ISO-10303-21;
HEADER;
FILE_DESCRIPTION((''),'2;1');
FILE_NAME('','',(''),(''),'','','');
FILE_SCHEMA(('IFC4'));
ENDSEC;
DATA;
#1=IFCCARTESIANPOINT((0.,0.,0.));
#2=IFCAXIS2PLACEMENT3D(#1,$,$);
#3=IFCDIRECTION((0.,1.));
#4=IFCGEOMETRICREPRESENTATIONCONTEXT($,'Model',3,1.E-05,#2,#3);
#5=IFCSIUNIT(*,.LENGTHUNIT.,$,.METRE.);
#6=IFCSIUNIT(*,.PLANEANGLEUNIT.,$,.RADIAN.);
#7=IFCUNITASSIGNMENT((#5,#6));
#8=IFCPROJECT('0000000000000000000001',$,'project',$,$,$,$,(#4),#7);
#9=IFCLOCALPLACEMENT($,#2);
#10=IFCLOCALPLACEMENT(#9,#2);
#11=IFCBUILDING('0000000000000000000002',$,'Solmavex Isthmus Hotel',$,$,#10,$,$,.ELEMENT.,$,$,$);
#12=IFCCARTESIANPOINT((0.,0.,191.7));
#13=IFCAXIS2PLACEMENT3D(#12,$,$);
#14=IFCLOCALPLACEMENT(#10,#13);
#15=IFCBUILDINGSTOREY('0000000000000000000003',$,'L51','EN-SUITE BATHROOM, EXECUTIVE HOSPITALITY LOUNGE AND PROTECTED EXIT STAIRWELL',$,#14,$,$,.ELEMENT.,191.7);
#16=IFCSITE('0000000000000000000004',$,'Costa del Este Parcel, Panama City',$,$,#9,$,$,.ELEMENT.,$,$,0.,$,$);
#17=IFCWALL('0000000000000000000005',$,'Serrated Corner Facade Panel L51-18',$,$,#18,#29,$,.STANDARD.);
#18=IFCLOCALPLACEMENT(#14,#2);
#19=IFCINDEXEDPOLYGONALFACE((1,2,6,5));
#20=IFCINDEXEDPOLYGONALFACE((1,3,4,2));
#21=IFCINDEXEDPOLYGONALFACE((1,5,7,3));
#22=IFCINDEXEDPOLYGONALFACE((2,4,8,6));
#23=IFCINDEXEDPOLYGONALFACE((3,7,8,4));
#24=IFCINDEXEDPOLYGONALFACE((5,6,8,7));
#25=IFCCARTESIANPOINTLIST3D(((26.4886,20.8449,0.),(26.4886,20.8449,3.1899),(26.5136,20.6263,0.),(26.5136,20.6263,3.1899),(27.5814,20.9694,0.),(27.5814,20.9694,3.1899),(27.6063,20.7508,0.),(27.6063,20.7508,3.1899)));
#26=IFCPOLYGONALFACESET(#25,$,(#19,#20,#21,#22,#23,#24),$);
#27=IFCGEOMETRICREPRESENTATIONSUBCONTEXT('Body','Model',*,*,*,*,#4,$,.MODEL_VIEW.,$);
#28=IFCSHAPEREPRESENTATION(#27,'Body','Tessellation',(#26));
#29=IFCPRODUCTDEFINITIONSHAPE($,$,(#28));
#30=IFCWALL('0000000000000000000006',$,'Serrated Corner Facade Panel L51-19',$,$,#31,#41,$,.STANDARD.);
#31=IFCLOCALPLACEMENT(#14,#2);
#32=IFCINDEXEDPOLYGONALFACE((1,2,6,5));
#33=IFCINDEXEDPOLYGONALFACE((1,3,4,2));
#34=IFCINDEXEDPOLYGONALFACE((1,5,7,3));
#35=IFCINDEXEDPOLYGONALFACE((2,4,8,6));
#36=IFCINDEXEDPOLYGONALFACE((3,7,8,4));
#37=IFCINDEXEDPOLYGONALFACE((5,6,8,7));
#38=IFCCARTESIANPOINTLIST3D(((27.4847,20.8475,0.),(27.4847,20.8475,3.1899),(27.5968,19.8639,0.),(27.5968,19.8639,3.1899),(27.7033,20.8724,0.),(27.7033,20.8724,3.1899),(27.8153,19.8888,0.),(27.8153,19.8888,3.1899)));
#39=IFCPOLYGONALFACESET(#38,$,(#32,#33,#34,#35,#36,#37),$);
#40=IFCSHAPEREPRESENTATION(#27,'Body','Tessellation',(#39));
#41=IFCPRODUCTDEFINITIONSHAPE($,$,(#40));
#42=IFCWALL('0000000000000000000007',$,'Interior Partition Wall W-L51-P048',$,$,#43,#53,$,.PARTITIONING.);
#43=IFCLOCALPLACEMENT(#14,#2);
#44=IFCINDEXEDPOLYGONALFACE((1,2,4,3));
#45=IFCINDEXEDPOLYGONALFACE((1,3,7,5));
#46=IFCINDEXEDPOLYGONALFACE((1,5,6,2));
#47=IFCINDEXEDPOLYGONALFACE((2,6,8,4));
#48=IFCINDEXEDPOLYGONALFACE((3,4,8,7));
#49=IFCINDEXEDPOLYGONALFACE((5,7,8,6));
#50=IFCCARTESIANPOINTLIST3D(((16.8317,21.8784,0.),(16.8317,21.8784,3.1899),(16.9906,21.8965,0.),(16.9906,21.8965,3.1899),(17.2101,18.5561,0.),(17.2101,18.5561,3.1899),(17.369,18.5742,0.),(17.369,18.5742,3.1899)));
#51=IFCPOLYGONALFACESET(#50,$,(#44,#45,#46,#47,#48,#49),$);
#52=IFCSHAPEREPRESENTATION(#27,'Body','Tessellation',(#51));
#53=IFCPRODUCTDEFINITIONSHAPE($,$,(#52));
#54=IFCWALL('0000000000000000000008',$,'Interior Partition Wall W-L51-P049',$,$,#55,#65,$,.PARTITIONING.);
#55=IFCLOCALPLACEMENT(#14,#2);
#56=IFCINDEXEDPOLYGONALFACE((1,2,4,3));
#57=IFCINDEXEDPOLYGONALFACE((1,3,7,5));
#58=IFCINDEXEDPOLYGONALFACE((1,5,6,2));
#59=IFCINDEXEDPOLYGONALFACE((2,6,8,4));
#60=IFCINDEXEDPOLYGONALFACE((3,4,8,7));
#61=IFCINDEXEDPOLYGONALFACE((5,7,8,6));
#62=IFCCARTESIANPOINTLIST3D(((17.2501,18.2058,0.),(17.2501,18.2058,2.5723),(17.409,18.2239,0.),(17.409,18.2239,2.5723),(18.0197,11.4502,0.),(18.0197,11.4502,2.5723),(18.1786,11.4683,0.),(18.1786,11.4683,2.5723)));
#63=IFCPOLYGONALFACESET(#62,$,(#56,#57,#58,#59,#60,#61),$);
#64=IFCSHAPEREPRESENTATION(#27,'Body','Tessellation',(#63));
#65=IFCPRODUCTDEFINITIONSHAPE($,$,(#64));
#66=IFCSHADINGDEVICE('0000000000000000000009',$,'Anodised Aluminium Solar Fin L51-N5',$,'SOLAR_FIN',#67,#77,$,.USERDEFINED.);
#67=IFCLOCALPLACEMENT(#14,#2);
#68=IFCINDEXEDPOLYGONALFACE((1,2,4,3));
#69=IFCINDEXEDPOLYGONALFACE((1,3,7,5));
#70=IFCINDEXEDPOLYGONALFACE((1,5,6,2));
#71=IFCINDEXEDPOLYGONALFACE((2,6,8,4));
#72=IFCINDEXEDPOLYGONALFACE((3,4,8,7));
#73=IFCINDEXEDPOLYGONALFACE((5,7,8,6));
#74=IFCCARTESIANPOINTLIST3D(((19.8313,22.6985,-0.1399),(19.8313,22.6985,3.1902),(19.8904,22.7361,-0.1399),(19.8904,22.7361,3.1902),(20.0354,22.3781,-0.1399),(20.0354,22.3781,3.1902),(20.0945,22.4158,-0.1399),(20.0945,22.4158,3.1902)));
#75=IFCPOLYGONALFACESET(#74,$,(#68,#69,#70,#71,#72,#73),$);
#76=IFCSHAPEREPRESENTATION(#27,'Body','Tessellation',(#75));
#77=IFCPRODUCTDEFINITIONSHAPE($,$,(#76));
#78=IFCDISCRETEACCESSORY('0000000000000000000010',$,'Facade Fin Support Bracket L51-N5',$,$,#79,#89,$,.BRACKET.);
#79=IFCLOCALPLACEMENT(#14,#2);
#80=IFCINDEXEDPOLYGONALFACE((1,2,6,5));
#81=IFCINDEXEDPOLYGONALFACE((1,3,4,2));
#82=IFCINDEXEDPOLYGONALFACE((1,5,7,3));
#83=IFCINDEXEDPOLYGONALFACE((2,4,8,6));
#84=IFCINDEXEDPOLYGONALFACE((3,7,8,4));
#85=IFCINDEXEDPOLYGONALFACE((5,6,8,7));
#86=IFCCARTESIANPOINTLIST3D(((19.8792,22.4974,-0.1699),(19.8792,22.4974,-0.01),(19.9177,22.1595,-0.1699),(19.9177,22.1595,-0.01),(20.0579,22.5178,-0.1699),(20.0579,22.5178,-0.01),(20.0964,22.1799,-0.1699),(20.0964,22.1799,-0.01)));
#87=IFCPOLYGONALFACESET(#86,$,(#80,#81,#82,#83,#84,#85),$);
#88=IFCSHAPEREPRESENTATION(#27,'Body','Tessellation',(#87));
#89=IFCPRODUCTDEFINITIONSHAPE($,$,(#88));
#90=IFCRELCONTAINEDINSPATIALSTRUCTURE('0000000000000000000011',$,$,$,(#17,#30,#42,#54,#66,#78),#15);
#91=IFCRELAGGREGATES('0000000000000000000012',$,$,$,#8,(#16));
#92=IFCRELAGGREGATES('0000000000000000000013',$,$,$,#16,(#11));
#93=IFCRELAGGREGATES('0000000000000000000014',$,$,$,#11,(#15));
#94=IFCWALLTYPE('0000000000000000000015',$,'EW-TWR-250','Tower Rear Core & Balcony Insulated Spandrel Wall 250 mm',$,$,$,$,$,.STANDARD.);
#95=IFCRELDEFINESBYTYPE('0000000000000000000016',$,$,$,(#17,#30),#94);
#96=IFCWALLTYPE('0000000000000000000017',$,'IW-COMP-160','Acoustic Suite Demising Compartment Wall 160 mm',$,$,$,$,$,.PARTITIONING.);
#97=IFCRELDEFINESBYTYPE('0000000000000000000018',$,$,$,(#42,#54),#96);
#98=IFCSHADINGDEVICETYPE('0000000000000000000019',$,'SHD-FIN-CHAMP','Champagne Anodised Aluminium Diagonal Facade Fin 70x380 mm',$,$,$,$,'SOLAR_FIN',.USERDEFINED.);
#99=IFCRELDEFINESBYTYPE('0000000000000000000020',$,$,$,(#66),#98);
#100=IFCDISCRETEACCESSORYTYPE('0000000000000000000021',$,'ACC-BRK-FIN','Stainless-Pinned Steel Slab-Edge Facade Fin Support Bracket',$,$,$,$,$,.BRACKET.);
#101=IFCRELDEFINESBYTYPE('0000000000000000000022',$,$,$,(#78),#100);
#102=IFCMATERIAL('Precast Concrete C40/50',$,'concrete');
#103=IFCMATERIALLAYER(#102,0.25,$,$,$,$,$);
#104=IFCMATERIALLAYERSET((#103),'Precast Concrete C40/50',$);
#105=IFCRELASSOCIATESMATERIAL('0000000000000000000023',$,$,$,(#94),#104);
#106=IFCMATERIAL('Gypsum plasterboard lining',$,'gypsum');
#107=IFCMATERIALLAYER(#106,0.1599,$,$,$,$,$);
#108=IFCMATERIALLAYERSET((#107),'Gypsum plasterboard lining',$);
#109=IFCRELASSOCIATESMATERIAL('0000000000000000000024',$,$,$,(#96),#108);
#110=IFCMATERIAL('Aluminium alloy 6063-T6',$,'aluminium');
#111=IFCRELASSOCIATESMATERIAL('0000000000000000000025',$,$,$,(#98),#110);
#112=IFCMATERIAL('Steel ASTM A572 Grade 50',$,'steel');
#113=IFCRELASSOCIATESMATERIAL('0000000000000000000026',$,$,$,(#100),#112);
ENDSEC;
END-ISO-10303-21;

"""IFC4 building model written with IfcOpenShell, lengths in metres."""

from ifc_helpers import new_model, si_unit, direction, frame, frame_2d, origin, origin_2d, place, context, subcontext, project, spatial, rectangle, extrude, material, layer, layer_set, type_object, element, save


model = new_model("IFC4")

# Units and contexts
model_context = context("Model", 3, precision=1e-05, world=origin(), true_north=direction((0.0, 1.0)))
body_context = subcontext(model_context, "Body", "Model", "MODEL_VIEW")
ifc_project = project(units=[si_unit("LENGTHUNIT", "METRE"), si_unit("PLANEANGLEUNIT", "RADIAN")], contexts=[model_context])

# Site, building, storey
site_placement = place(None, origin())
site = spatial("IfcSite", under=ifc_project, at=site_placement, Name="Costa del Este Parcel, Panama City", CompositionType="ELEMENT", RefElevation=0.0)
building_placement = place(site_placement, origin())
building = spatial("IfcBuilding", under=site, at=building_placement, Name="Solmavex Isthmus Hotel", CompositionType="ELEMENT")
storey_placement = place(building_placement, frame((0.0, 0.0, 191.7)))
storey = spatial("IfcBuildingStorey", under=building, at=storey_placement, Name="L51", Description="EN-SUITE BATHROOM, EXECUTIVE HOSPITALITY LOUNGE AND PROTECTED EXIT STAIRWELL", CompositionType="ELEMENT", Elevation=191.7)

# Shared definitions
ifc_material_1 = material(Name="Steel ASTM A572 Grade 50", Category="steel")

# Shared definitions
ifc_material_2 = material(Name="Aluminium alloy 6063-T6", Category="aluminium")

# Walls
ifc_material_3 = material(Name="Precast Concrete C40/50", Category="concrete")
ifc_layer_1 = layer(ifc_material_3, 0.25)
ifc_layer_set_1 = layer_set([ifc_layer_1], Name="Precast Concrete C40/50")
wall_type_1 = type_object("IfcWallType", Name="EW-TWR-250", Description="Tower Rear Core & Balcony Insulated Spandrel Wall 250 mm", PredefinedType="STANDARD", material=ifc_layer_set_1)
wall_1_placement = place(storey_placement, frame((26.5012, 20.7356, 0.0), z_axis=(0.0, 0.0, 1.0), x_axis=(0.993571, 0.113209, 0.0)))
element("IfcWall", 1, at=wall_1_placement, inside=storey, type_object=wall_type_1, Name="Serrated Corner Facade Panel L51-18", PredefinedType="STANDARD", context=body_context, shape_type="SweptSolid", body=[
    extrude(rectangle(XDim=1.0999, YDim=0.22, at=frame_2d((0.5498, 0.0))), origin(), (0.0, 0.0, 1.0), 3.1899),
])
wall_2_placement = place(storey_placement, frame((27.594, 20.8601, 0.0), z_axis=(0.0, 0.0, 1.0), x_axis=(0.113192, -0.993573, 0.0)))
element("IfcWall", 2, at=wall_2_placement, inside=storey, type_object=wall_type_1, Name="Serrated Corner Facade Panel L51-19", PredefinedType="STANDARD", context=body_context, shape_type="SweptSolid", body=[
    extrude(rectangle(XDim=0.99, YDim=0.22, at=frame_2d((0.4951, 0.0))), origin(), (0.0, 0.0, 1.0), 3.1899),
])
ifc_material_4 = material(Name="Gypsum plasterboard lining", Category="gypsum")
ifc_layer_2 = layer(ifc_material_4, 0.1599)
ifc_layer_set_2 = layer_set([ifc_layer_2], Name="Gypsum plasterboard lining")
wall_type_2 = type_object("IfcWallType", Name="IW-COMP-160", Description="Acoustic Suite Demising Compartment Wall 160 mm", PredefinedType="PARTITIONING", material=ifc_layer_set_2)
wall_3_placement = place(storey_placement, frame((16.9111, 21.8875, 0.0), z_axis=(0.0, 0.0, 1.0), x_axis=(0.113172, -0.993575, 0.0)))
element("IfcWall", 3, at=wall_3_placement, inside=storey, type_object=wall_type_2, Name="Interior Partition Wall W-L51-P048", PredefinedType="PARTITIONING", context=body_context, shape_type="SweptSolid", body=[
    extrude(rectangle(XDim=3.3438, YDim=0.1599, at=frame_2d((1.6719, 0.0))), origin(), (0.0, 0.0, 1.0), 3.1899),
])
wall_4_placement = place(storey_placement, frame((17.3296, 18.2148, 0.0), z_axis=(0.0, 0.0, 1.0), x_axis=(0.113178, -0.993575, 0.0)))
element("IfcWall", 4, at=wall_4_placement, inside=storey, type_object=wall_type_2, Name="Interior Partition Wall W-L51-P049", PredefinedType="PARTITIONING", context=body_context, shape_type="SweptSolid", body=[
    extrude(rectangle(XDim=6.7993, YDim=0.1599, at=frame_2d((3.3997, 0.0))), origin(), (0.0, 0.0, 1.0), 2.5723),
])

# Shading device
shading_device_type = type_object("IfcShadingDeviceType", Name="SHD-FIN-CHAMP", Description="Champagne Anodised Aluminium Diagonal Facade Fin 70x380 mm", ElementType="SOLAR_FIN", PredefinedType="USERDEFINED", material=ifc_material_2)
shading_device_placement = place(storey_placement, frame((19.9629, 22.5571, -0.1399), z_axis=(0.0, 0.0, 1.0), x_axis=(-0.5373, 0.843391, 0.0)))
element("IfcShadingDevice", 5, at=shading_device_placement, inside=storey, type_object=shading_device_type, Name="Anodised Aluminium Solar Fin L51-N5", ObjectType="SOLAR_FIN", PredefinedType="USERDEFINED", context=body_context, shape_type="SweptSolid", body=[
    extrude(rectangle(XDim=0.3799, YDim=0.0701, at=origin_2d()), origin(), (0.0, 0.0, 1.0), 3.3301),
])

# Discrete accessory
discrete_accessory_type = type_object("IfcDiscreteAccessoryType", Name="ACC-BRK-FIN", Description="Stainless-Pinned Steel Slab-Edge Facade Fin Support Bracket", PredefinedType="BRACKET", material=ifc_material_1)
discrete_accessory_placement = place(storey_placement, frame((19.9878, 22.3386, -0.1699), z_axis=(0.0, 0.0, 1.0), x_axis=(-0.113203, 0.993572, 0.0)))
element("IfcDiscreteAccessory", 6, at=discrete_accessory_placement, inside=storey, type_object=discrete_accessory_type, Name="Facade Fin Support Bracket L51-N5", PredefinedType="BRACKET", context=body_context, shape_type="SweptSolid", body=[
    extrude(rectangle(XDim=0.3401, YDim=0.1799, at=origin_2d()), origin(), (0.0, 0.0, 1.0), 0.1599),
])

save(model, "model.ifc")
